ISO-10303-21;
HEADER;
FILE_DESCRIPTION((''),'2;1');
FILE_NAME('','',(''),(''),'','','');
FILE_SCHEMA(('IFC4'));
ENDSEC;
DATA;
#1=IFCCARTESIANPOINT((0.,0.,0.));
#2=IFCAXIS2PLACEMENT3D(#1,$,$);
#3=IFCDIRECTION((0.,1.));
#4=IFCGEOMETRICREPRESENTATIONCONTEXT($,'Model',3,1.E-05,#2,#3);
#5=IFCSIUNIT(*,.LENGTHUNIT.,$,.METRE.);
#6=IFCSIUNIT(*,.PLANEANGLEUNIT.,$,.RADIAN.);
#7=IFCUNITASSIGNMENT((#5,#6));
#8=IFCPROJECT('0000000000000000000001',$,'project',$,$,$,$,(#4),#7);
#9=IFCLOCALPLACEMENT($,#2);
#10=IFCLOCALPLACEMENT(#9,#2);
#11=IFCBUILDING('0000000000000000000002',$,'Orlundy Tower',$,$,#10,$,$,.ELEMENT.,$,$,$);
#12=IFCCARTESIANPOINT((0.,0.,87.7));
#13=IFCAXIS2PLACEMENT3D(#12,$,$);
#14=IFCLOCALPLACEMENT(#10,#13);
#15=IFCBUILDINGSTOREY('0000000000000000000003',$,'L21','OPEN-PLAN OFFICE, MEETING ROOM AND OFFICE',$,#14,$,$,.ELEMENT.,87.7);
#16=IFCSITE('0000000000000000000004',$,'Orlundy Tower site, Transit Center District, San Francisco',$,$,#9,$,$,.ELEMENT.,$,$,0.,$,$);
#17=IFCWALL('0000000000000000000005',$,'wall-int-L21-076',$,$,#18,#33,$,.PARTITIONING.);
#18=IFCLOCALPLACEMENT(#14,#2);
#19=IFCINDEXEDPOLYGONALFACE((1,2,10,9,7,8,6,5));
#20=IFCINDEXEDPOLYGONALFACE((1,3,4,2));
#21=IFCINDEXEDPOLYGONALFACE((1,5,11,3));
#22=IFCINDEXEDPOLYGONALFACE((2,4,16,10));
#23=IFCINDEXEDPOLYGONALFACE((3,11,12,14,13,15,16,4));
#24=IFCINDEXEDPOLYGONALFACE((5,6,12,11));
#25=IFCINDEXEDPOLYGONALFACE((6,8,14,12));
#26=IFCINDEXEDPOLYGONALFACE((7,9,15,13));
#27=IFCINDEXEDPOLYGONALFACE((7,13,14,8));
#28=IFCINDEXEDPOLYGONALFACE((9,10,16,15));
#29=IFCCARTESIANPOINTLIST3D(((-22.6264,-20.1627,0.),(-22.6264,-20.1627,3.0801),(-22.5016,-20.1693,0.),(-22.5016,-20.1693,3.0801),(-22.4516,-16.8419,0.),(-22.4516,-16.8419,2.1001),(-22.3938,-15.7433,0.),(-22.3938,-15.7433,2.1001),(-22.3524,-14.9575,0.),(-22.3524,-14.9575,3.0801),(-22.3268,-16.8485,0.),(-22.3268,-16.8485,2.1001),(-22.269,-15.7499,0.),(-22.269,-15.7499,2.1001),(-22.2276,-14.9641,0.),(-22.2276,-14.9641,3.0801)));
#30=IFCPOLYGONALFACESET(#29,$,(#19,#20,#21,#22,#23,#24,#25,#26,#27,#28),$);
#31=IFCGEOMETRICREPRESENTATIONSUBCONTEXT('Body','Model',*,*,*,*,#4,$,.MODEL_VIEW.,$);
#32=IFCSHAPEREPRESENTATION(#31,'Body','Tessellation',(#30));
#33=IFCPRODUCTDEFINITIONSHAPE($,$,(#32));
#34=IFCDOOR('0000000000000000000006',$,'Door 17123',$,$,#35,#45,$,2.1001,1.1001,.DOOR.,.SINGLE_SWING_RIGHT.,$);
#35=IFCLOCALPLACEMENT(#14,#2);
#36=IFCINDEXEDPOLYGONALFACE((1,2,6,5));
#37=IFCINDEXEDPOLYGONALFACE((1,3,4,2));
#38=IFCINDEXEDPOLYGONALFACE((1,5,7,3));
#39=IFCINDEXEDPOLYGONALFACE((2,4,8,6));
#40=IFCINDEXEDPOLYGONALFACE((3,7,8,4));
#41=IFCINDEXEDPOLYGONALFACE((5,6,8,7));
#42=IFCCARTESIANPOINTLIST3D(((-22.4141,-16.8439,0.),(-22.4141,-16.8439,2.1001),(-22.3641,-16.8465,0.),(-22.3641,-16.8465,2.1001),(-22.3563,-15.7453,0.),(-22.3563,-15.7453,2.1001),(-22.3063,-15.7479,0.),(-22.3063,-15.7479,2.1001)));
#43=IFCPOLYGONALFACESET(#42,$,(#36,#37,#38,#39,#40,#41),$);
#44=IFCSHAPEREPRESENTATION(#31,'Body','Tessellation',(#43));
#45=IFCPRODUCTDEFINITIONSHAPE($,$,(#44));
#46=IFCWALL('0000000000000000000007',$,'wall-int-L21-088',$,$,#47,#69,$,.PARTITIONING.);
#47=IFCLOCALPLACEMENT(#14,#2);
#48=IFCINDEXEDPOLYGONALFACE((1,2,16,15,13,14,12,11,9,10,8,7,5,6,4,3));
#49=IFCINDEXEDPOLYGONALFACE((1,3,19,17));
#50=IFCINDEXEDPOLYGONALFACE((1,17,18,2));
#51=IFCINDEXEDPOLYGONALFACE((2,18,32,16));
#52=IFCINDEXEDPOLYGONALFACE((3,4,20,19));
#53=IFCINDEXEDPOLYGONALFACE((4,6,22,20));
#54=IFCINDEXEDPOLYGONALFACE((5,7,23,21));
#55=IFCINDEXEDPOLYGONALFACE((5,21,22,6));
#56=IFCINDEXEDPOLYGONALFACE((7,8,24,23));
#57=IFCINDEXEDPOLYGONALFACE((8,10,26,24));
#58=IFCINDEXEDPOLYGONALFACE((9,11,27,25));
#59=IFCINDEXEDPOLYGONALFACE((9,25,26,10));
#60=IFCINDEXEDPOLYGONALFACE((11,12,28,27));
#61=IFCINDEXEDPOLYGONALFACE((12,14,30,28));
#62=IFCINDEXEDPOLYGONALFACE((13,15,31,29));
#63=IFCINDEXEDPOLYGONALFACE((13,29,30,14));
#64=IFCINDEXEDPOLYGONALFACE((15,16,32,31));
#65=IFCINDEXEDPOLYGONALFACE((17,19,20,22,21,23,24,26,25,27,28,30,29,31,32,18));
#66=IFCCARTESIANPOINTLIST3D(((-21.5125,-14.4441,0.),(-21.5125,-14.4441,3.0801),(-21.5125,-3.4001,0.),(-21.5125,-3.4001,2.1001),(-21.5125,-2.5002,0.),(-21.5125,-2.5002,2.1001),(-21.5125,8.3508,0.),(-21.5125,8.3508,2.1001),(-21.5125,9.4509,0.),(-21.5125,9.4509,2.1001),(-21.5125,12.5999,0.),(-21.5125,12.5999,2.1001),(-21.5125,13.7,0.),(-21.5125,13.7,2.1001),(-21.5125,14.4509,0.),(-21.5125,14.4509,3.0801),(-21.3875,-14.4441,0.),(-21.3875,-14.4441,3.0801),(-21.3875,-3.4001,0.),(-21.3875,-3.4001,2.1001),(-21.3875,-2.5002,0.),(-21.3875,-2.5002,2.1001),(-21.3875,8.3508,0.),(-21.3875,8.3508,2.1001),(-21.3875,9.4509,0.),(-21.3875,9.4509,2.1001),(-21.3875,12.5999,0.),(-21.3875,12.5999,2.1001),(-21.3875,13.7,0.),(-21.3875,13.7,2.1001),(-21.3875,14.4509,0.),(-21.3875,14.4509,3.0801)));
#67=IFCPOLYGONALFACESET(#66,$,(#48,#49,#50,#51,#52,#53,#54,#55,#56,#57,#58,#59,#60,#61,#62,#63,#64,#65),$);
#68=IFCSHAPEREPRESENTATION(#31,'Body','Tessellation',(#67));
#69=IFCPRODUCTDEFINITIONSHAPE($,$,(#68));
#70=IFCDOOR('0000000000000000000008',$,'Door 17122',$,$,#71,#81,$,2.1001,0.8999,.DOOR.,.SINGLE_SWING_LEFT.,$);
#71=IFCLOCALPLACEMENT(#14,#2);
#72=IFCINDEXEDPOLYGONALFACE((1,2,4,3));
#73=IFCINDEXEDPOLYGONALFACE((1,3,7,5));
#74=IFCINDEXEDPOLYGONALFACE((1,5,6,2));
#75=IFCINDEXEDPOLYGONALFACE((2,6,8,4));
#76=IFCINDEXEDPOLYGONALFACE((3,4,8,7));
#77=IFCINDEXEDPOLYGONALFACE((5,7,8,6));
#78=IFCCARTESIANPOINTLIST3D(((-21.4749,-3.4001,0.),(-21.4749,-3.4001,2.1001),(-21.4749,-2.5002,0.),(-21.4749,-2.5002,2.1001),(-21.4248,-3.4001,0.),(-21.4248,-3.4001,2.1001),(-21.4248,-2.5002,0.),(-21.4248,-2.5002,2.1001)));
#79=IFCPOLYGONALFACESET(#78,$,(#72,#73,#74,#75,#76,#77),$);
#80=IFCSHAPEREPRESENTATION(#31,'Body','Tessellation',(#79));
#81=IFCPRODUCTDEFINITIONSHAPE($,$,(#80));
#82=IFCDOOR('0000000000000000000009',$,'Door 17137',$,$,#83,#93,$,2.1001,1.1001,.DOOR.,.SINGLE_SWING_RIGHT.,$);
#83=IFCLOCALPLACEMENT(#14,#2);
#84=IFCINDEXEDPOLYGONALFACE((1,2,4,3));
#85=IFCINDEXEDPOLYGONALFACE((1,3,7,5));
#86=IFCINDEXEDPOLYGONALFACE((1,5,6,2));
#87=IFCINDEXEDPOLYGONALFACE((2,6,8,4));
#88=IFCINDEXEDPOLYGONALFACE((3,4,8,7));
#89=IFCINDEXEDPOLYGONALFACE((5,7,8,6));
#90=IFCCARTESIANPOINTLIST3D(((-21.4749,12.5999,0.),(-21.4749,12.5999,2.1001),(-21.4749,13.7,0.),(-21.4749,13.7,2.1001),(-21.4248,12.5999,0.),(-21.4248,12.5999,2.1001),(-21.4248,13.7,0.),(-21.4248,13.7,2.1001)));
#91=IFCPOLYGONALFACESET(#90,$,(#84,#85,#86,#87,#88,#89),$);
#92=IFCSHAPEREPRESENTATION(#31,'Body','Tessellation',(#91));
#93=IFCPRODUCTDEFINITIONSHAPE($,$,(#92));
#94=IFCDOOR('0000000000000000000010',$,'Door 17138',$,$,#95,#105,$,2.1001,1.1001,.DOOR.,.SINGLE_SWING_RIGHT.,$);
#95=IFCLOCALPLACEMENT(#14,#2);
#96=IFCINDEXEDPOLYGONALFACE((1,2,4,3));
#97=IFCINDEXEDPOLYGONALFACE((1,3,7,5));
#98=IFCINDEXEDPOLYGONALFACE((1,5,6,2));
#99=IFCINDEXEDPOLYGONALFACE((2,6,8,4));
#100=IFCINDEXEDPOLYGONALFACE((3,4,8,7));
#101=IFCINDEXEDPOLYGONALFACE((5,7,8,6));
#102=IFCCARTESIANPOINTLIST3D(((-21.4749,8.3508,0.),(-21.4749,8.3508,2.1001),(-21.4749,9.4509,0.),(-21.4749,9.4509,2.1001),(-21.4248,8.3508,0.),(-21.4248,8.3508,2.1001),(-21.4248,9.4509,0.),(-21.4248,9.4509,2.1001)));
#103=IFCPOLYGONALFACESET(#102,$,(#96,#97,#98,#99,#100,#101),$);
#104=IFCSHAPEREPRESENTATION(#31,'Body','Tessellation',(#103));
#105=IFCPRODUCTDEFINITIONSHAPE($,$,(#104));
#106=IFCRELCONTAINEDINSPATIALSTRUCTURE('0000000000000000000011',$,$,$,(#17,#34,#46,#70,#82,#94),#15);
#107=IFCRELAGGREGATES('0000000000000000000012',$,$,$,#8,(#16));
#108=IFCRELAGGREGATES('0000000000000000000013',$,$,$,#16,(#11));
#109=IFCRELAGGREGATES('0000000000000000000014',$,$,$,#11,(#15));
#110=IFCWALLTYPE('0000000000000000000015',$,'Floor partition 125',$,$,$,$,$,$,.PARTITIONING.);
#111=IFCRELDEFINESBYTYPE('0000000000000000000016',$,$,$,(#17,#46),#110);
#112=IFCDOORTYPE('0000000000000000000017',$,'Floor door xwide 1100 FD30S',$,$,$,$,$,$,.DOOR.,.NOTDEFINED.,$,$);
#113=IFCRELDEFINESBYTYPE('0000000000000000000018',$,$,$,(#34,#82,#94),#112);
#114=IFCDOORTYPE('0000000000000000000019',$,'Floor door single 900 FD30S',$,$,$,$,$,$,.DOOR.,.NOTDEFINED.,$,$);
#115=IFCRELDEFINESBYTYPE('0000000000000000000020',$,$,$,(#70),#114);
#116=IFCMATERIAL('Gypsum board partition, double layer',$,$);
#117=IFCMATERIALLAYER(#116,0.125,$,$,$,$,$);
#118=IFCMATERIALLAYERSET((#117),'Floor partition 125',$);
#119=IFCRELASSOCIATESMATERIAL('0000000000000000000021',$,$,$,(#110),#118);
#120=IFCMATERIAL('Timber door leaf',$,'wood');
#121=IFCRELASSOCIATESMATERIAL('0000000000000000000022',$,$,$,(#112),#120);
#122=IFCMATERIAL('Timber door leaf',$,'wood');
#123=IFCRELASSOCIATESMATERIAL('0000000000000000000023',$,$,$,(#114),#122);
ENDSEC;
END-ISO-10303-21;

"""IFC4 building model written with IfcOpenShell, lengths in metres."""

from ifc_helpers import new_model, si_unit, direction, frame, frame_2d, origin, place, context, subcontext, project, spatial, rectangle, extrude, material, layer, layer_set, type_object, element, fill, save


model = new_model("IFC4")

# Units and contexts
model_context = context("Model", 3, precision=1e-05, world=origin(), true_north=direction((0.0, 1.0)))
body_context = subcontext(model_context, "Body", "Model", "MODEL_VIEW")
ifc_project = project(units=[si_unit("LENGTHUNIT", "METRE"), si_unit("PLANEANGLEUNIT", "RADIAN")], contexts=[model_context])

# Site, building, storey
site_placement = place(None, origin())
site = spatial("IfcSite", under=ifc_project, at=site_placement, Name="Orlundy Tower site, Transit Center District, San Francisco", CompositionType="ELEMENT", RefElevation=0.0)
building_placement = place(site_placement, origin())
building = spatial("IfcBuilding", under=site, at=building_placement, Name="Orlundy Tower", CompositionType="ELEMENT")
storey_placement = place(building_placement, frame((0.0, 0.0, 87.7)))
storey = spatial("IfcBuildingStorey", under=building, at=storey_placement, Name="L21", Description="OPEN-PLAN OFFICE, MEETING ROOM AND OFFICE", CompositionType="ELEMENT", Elevation=87.7)

# Shared definitions
ifc_material_1 = material(Name="Gypsum board partition, double layer")
ifc_layer_1 = layer(ifc_material_1, 0.125)
ifc_layer_set_1 = layer_set([ifc_layer_1], Name="Floor partition 125")
wall_type_1 = type_object("IfcWallType", Name="Floor partition 125", PredefinedType="PARTITIONING", material=ifc_layer_set_1)

# Wall, opening, door
wall_1_placement = place(storey_placement, frame((-22.564, -20.166, 0.0), z_axis=(0.0, 0.0, 1.0), x_axis=(0.052554, 0.998618, 0.0)))
wall_1 = element("IfcWall", 1, at=wall_1_placement, inside=storey, type_object=wall_type_1, Name="wall-int-L21-076", PredefinedType="PARTITIONING", context=body_context, shape_type="SweptSolid", body=[
    extrude(rectangle(XDim=5.2124, YDim=0.125, at=frame_2d((2.6062, 0.0))), origin(), (0.0, 0.0, 1.0), 3.0801),
])
opening_1_placement = place(wall_1_placement, frame((3.3254, 0.0, 0.0)))
opening_1 = element("IfcOpeningElement", 2, at=opening_1_placement, cuts=wall_1, PredefinedType="OPENING", context=body_context, shape_type="SweptSolid", body=[
    extrude(rectangle(XDim=1.1001, YDim=2.1001, at=frame_2d((0.55, 1.05))), frame((0.0, 0.0725, 0.0), z_axis=(0.0, -1.0, 0.0), x_axis=(1.0, 0.0, 0.0)), (0.0, 0.0, 1.0), 0.145),
])
ifc_material_2 = material(Name="Timber door leaf", Category="wood")
door_type_1 = type_object("IfcDoorType", Name="Floor door xwide 1100 FD30S", OperationType="NOTDEFINED", PredefinedType="DOOR", material=ifc_material_2)
door_1_placement = place(opening_1_placement, origin())
door_1 = element("IfcDoor", 3, at=door_1_placement, inside=storey, type_object=door_type_1, Name="Door 17123", OperationType="SINGLE_SWING_RIGHT", OverallHeight=2.1001, OverallWidth=1.1001, PredefinedType="DOOR", context=body_context, shape_type="SweptSolid", body=[
    extrude(rectangle(XDim=1.1001, YDim=2.1001, at=frame_2d((0.55, 1.05))), frame((0.0, 0.0249, 0.0), z_axis=(0.0, -1.0, 0.0), x_axis=(1.0, 0.0, 0.0)), (0.0, 0.0, 1.0), 0.05),
])
fill(opening_1, door_1)

# Wall, openings, doors
wall_2_placement = place(storey_placement, frame((-21.45, -14.4441, 0.0), z_axis=(0.0, 0.0, 1.0), x_axis=(0.0, 1.0, 0.0)))
wall_2 = element("IfcWall", 4, at=wall_2_placement, inside=storey, type_object=wall_type_1, Name="wall-int-L21-088", PredefinedType="PARTITIONING", context=body_context, shape_type="SweptSolid", body=[
    extrude(rectangle(XDim=28.895, YDim=0.125, at=frame_2d((14.4475, 0.0))), origin(), (0.0, 0.0, 1.0), 3.0801),
])
opening_2_placement = place(wall_2_placement, frame((11.0439, 0.0, 0.0)))
opening_2 = element("IfcOpeningElement", 5, at=opening_2_placement, cuts=wall_2, PredefinedType="OPENING", context=body_context, shape_type="SweptSolid", body=[
    extrude(rectangle(XDim=0.8999, YDim=2.1001, at=frame_2d((0.45, 1.05))), frame((0.0, 0.0725, 0.0), z_axis=(0.0, -1.0, 0.0), x_axis=(1.0, 0.0, 0.0)), (0.0, 0.0, 1.0), 0.145),
])
opening_3_placement = place(wall_2_placement, frame((27.0439, 0.0, 0.0)))
opening_3 = element("IfcOpeningElement", 6, at=opening_3_placement, cuts=wall_2, PredefinedType="OPENING", context=body_context, shape_type="SweptSolid", body=[
    extrude(rectangle(XDim=1.1001, YDim=2.1001, at=frame_2d((0.55, 1.05))), frame((0.0, 0.0725, 0.0), z_axis=(0.0, -1.0, 0.0), x_axis=(1.0, 0.0, 0.0)), (0.0, 0.0, 1.0), 0.145),
])
opening_4_placement = place(wall_2_placement, frame((22.7949, 0.0, 0.0)))
opening_4 = element("IfcOpeningElement", 7, at=opening_4_placement, cuts=wall_2, PredefinedType="OPENING", context=body_context, shape_type="SweptSolid", body=[
    extrude(rectangle(XDim=1.1001, YDim=2.1001, at=frame_2d((0.55, 1.05))), frame((0.0, 0.0725, 0.0), z_axis=(0.0, -1.0, 0.0), x_axis=(1.0, 0.0, 0.0)), (0.0, 0.0, 1.0), 0.145),
])
ifc_material_3 = material(Name="Timber door leaf", Category="wood")
door_type_2 = type_object("IfcDoorType", Name="Floor door single 900 FD30S", OperationType="NOTDEFINED", PredefinedType="DOOR", material=ifc_material_3)
door_2_placement = place(opening_2_placement, origin())
door_2 = element("IfcDoor", 8, at=door_2_placement, inside=storey, type_object=door_type_2, Name="Door 17122", OperationType="SINGLE_SWING_LEFT", OverallHeight=2.1001, OverallWidth=0.8999, PredefinedType="DOOR", context=body_context, shape_type="SweptSolid", body=[
    extrude(rectangle(XDim=0.8999, YDim=2.1001, at=frame_2d((0.45, 1.05))), frame((0.0, 0.0249, 0.0), z_axis=(0.0, -1.0, 0.0), x_axis=(1.0, 0.0, 0.0)), (0.0, 0.0, 1.0), 0.05),
])
fill(opening_2, door_2)
door_3_placement = place(opening_3_placement, origin())
door_3 = element("IfcDoor", 9, at=door_3_placement, inside=storey, type_object=door_type_1, Name="Door 17137", OperationType="SINGLE_SWING_RIGHT", OverallHeight=2.1001, OverallWidth=1.1001, PredefinedType="DOOR", context=body_context, shape_type="SweptSolid", body=[
    extrude(rectangle(XDim=1.1001, YDim=2.1001, at=frame_2d((0.55, 1.05))), frame((0.0, 0.0249, 0.0), z_axis=(0.0, -1.0, 0.0), x_axis=(1.0, 0.0, 0.0)), (0.0, 0.0, 1.0), 0.05),
])
fill(opening_3, door_3)
door_4_placement = place(opening_4_placement, origin())
door_4 = element("IfcDoor", 10, at=door_4_placement, inside=storey, type_object=door_type_1, Name="Door 17138", OperationType="SINGLE_SWING_RIGHT", OverallHeight=2.1001, OverallWidth=1.1001, PredefinedType="DOOR", context=body_context, shape_type="SweptSolid", body=[
    extrude(rectangle(XDim=1.1001, YDim=2.1001, at=frame_2d((0.55, 1.05))), frame((0.0, 0.0249, 0.0), z_axis=(0.0, -1.0, 0.0), x_axis=(1.0, 0.0, 0.0)), (0.0, 0.0, 1.0), 0.05),
])
fill(opening_4, door_4)

save(model, "model.ifc")
